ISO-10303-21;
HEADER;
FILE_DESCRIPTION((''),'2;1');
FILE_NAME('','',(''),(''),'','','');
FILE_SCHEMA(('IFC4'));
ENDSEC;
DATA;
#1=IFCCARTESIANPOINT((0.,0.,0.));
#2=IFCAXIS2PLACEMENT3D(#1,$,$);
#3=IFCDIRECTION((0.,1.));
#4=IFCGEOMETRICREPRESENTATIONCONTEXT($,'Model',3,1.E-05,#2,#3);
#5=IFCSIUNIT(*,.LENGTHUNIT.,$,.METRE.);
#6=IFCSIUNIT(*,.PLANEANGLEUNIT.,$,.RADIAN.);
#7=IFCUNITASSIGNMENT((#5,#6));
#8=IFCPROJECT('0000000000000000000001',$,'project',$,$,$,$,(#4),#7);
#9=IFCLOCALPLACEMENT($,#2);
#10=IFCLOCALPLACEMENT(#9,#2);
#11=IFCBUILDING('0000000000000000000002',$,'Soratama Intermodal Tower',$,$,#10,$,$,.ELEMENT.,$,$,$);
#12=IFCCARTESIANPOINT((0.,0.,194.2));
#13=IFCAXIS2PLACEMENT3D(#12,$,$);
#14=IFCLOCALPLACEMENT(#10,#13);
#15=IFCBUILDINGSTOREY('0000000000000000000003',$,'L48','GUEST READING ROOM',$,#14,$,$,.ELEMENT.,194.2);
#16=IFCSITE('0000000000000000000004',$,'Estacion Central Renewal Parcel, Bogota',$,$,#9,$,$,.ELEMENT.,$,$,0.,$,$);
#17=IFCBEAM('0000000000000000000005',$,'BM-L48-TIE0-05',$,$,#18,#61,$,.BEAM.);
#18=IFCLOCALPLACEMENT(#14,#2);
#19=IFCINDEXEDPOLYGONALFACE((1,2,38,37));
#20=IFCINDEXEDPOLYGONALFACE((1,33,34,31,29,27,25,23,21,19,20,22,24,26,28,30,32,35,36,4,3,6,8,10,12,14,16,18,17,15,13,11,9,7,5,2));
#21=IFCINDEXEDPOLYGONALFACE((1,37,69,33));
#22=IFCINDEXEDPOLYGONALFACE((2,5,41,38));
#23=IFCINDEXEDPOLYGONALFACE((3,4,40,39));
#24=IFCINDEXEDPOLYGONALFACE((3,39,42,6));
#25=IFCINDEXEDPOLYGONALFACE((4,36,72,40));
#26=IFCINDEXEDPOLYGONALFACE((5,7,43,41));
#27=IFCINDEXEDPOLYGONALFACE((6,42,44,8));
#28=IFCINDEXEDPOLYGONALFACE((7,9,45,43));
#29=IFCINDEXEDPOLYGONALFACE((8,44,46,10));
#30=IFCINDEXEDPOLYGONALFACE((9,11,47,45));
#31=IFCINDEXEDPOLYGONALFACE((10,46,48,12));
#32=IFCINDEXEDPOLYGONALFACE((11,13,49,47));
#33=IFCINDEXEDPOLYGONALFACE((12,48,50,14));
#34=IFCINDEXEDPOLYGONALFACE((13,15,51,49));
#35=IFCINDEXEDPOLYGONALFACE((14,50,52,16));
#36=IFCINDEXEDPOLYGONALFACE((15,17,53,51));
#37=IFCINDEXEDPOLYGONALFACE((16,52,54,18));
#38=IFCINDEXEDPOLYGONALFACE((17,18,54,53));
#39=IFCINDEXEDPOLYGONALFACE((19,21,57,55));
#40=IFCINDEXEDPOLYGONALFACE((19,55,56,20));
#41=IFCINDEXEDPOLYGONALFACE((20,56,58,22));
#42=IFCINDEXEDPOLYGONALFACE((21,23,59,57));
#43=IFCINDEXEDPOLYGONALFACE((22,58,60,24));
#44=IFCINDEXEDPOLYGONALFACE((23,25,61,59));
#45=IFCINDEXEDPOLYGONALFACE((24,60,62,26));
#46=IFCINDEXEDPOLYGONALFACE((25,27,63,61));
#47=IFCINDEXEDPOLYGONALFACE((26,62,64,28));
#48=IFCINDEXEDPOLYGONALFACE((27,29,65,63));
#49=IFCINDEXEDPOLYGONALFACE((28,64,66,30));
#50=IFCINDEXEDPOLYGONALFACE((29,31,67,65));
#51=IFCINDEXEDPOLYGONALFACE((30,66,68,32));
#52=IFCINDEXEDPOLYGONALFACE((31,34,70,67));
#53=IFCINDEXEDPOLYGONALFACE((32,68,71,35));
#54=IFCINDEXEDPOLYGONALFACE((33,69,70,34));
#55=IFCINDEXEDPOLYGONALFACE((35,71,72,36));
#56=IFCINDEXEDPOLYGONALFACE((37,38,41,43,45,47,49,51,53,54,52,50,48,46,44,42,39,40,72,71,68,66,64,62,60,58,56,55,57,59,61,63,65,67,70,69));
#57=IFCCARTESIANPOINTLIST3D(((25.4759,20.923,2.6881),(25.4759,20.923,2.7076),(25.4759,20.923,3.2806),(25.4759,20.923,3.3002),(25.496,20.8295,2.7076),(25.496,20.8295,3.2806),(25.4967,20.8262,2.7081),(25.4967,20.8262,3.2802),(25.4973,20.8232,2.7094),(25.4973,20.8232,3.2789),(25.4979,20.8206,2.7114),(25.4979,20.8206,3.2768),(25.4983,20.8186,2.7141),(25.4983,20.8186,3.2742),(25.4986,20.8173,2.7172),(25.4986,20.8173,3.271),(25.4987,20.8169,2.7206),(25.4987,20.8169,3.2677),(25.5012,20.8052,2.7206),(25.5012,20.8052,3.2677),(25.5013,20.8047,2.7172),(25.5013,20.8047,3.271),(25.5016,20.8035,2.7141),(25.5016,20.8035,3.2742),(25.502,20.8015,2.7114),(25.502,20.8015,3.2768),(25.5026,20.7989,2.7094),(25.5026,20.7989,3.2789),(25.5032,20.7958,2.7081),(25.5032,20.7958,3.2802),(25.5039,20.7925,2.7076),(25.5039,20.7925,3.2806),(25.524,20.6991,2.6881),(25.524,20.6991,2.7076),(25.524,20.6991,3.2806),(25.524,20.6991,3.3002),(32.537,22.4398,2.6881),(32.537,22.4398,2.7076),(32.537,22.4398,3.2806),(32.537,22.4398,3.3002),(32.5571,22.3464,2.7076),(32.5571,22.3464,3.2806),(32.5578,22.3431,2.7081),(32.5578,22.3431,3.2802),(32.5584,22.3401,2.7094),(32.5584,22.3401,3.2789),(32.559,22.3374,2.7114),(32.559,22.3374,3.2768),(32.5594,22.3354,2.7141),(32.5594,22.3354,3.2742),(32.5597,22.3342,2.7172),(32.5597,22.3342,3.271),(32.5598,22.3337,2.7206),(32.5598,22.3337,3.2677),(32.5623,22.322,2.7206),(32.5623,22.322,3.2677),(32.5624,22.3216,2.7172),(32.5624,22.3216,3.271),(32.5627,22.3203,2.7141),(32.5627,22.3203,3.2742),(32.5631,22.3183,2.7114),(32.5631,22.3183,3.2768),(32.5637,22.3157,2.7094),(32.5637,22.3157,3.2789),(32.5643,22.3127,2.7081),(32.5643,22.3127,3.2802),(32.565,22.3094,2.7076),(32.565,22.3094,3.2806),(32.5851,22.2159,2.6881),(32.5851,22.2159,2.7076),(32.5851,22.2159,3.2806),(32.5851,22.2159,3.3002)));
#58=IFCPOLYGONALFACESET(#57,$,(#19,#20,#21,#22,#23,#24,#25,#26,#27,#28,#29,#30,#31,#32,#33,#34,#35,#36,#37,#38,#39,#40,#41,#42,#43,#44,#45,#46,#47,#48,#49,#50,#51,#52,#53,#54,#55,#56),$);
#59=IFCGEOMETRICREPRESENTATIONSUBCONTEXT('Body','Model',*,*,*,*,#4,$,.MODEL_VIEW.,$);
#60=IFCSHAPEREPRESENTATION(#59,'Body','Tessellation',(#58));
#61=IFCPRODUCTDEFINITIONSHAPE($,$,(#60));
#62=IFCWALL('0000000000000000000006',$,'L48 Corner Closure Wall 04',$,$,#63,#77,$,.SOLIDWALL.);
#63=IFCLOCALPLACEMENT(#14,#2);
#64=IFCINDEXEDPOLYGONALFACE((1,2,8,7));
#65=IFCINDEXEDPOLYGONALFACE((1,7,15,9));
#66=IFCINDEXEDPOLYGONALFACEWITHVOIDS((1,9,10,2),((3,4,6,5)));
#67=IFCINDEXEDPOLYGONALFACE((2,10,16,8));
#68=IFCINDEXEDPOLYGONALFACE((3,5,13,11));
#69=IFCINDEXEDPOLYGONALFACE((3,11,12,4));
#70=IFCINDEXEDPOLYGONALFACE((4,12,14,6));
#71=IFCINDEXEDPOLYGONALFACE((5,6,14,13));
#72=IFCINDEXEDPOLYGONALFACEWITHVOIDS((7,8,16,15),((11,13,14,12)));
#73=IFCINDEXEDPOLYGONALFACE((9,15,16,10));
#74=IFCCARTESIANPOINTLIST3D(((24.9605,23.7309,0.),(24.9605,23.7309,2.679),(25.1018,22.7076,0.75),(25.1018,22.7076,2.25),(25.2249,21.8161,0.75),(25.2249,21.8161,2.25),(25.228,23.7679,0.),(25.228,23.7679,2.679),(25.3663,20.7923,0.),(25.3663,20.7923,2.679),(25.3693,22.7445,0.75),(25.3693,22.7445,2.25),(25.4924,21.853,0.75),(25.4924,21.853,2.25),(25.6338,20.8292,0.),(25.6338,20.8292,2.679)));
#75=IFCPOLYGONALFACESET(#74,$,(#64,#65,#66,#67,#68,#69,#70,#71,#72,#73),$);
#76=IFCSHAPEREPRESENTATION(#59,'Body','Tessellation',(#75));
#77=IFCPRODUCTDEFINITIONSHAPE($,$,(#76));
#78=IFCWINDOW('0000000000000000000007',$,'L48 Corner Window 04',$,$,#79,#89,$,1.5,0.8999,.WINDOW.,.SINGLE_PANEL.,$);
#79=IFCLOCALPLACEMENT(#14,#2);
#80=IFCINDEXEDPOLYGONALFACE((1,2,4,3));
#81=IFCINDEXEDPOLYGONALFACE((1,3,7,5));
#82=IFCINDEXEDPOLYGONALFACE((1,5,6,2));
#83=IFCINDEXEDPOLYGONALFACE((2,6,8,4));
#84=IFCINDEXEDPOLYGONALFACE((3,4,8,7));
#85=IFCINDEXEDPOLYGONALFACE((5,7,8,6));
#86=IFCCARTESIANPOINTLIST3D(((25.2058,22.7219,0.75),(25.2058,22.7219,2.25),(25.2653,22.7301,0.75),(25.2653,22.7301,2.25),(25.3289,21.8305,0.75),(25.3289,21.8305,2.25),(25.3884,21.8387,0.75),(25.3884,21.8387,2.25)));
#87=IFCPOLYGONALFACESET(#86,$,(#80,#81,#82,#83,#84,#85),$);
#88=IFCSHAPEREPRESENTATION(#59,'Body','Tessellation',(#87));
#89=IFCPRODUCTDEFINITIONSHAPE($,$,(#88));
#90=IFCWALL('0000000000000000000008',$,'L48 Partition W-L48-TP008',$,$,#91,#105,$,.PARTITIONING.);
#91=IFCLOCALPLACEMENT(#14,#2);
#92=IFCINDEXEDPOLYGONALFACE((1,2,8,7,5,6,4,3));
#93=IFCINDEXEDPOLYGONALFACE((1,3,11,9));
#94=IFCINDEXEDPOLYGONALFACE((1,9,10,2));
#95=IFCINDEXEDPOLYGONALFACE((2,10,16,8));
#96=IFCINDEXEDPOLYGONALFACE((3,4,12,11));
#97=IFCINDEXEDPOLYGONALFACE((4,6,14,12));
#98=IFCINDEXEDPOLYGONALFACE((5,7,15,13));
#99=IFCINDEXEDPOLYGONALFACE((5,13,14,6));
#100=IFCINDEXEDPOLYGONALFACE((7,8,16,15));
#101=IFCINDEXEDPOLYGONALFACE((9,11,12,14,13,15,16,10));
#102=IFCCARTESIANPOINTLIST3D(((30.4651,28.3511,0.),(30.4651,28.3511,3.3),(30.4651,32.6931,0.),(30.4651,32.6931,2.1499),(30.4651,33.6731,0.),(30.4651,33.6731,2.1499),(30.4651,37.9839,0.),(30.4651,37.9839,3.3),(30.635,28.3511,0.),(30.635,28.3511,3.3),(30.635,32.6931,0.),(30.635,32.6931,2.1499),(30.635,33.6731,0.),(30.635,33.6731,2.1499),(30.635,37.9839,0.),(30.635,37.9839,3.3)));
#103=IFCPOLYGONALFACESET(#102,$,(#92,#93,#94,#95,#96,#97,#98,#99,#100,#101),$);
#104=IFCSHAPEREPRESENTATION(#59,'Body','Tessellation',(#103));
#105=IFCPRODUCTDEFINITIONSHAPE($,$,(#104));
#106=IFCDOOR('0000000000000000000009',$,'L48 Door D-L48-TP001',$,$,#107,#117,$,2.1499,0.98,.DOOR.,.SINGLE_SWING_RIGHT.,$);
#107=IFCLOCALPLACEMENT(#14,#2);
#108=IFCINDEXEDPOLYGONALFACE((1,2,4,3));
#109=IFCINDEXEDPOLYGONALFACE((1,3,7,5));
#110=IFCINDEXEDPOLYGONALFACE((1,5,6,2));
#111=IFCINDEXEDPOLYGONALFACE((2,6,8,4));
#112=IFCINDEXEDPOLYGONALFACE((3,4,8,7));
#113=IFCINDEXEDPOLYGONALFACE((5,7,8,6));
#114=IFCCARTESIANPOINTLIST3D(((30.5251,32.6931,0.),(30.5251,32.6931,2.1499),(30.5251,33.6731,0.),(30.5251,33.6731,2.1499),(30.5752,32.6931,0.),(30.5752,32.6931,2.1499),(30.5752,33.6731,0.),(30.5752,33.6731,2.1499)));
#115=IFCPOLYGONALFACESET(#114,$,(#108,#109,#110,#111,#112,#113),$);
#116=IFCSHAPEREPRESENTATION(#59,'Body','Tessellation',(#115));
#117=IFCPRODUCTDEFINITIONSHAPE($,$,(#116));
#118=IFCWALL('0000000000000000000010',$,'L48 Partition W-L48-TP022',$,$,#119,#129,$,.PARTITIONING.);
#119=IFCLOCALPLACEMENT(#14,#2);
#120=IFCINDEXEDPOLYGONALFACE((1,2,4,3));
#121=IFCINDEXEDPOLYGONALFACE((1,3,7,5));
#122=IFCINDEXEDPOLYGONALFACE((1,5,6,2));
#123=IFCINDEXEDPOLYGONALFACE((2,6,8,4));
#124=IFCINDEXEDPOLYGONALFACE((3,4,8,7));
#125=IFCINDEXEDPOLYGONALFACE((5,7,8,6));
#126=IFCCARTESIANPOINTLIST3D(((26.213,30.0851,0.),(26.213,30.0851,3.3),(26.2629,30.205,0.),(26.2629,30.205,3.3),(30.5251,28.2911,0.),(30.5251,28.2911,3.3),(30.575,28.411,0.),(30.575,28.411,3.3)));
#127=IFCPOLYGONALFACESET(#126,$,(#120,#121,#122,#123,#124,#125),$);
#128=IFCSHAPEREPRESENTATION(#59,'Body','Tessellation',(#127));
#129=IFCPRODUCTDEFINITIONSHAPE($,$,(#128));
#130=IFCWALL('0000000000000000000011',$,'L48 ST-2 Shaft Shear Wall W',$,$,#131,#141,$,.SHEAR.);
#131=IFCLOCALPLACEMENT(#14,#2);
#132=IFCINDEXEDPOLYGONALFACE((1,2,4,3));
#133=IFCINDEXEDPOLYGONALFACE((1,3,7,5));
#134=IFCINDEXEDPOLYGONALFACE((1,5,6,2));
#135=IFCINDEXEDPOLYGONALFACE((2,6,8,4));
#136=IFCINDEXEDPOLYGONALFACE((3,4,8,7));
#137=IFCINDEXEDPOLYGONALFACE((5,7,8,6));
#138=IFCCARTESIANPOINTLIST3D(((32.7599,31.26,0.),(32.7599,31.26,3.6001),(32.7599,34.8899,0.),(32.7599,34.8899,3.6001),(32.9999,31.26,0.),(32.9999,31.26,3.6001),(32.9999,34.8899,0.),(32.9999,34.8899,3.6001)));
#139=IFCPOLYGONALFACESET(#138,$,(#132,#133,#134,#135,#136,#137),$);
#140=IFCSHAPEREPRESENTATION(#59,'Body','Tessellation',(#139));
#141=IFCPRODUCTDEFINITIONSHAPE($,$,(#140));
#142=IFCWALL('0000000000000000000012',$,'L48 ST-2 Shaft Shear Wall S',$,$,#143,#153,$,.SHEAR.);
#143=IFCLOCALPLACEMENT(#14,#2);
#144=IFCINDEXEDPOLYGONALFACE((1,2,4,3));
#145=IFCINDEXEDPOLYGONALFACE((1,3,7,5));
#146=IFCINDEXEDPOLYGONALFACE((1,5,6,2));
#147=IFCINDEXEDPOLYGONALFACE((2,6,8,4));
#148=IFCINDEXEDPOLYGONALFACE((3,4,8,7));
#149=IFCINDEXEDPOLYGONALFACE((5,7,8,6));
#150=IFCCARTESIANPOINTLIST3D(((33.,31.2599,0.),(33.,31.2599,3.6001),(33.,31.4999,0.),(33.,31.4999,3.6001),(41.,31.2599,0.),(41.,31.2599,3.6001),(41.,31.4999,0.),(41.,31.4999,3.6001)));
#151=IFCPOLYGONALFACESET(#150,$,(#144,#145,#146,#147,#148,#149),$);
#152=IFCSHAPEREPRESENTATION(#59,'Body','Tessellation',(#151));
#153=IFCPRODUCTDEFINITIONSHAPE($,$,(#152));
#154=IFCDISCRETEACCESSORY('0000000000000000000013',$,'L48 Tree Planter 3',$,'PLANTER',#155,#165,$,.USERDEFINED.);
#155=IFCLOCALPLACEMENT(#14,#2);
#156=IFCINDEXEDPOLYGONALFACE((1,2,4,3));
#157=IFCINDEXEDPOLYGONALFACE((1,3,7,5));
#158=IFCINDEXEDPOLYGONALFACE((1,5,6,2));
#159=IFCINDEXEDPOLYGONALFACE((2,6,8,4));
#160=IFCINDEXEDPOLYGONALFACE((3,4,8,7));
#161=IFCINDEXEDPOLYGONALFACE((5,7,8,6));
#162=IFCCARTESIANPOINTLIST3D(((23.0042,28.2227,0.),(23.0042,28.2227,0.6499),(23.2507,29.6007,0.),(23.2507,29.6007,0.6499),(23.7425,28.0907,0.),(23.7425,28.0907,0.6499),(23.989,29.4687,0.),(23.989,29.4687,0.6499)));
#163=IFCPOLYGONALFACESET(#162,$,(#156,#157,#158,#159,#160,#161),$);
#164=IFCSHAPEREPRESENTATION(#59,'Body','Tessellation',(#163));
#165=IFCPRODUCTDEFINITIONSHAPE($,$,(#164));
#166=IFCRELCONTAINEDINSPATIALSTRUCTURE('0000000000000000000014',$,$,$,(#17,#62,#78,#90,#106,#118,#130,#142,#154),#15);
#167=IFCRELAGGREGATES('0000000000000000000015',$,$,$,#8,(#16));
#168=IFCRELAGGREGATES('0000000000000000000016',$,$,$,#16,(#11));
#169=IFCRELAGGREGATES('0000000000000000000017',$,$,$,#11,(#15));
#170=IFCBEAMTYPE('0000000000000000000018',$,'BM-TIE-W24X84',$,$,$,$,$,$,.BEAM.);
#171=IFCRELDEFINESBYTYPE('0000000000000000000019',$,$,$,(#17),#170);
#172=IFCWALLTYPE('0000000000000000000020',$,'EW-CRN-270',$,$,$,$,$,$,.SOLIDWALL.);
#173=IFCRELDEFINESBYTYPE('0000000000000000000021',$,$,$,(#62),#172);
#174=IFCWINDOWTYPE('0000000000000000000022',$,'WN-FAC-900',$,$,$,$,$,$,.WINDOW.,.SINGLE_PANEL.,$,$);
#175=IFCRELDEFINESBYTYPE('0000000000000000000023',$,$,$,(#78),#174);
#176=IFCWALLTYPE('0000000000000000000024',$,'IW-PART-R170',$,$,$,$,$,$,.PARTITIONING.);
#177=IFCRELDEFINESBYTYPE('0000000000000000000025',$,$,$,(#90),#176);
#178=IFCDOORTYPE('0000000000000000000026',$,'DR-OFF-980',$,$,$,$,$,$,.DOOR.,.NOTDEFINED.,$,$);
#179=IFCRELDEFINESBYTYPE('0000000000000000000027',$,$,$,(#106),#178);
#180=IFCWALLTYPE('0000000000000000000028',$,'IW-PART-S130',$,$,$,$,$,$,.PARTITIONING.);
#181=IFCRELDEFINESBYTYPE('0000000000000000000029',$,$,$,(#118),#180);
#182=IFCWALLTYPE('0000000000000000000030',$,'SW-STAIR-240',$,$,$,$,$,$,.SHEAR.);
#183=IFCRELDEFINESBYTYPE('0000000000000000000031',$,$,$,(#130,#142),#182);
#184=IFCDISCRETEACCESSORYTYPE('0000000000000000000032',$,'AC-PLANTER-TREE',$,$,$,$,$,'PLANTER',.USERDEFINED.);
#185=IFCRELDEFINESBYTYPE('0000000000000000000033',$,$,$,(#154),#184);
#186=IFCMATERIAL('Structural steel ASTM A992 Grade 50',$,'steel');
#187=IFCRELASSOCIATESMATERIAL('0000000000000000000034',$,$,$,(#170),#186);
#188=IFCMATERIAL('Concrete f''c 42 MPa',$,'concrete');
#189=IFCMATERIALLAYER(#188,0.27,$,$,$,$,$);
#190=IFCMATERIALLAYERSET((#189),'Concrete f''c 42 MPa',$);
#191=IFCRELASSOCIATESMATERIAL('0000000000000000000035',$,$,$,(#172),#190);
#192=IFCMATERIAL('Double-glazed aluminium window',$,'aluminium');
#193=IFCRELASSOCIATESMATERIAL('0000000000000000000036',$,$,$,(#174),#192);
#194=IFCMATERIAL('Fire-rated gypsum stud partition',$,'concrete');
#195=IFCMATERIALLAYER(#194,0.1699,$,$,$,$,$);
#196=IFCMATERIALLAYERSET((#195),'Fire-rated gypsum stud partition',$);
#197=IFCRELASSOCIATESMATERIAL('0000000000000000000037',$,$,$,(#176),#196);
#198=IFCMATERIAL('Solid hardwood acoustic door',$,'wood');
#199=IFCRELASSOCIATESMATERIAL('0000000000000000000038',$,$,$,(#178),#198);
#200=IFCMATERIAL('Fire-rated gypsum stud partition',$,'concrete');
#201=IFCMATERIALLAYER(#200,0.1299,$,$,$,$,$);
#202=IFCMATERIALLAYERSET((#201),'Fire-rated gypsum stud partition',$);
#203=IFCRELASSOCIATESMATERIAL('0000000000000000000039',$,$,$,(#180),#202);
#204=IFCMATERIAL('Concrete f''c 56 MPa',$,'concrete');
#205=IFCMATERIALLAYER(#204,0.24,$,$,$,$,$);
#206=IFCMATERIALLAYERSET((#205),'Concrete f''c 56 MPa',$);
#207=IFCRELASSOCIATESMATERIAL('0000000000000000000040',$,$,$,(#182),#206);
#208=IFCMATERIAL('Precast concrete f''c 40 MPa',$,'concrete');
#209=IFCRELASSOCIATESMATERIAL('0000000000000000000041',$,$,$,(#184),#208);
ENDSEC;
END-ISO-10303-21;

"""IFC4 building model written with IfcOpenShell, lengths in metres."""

from ifc_helpers import new_model, si_unit, direction, frame, frame_2d, origin, origin_2d, place, context, subcontext, project, spatial, rectangle, i_section, extrude, material, layer, layer_set, material_profile, profile_set, type_object, element, fill, save


model = new_model("IFC4")

# Units and contexts
model_context = context("Model", 3, precision=1e-05, world=origin(), true_north=direction((0.0, 1.0)))
body_context = subcontext(model_context, "Body", "Model", "MODEL_VIEW")
ifc_project = project(units=[si_unit("LENGTHUNIT", "METRE"), si_unit("PLANEANGLEUNIT", "RADIAN")], contexts=[model_context])

# Site, building, storey
site_placement = place(None, origin())
site = spatial("IfcSite", under=ifc_project, at=site_placement, Name="Estacion Central Renewal Parcel, Bogota", CompositionType="ELEMENT", RefElevation=0.0)
building_placement = place(site_placement, origin())
building = spatial("IfcBuilding", under=site, at=building_placement, Name="Soratama Intermodal Tower", CompositionType="ELEMENT")
storey_placement = place(building_placement, frame((0.0, 0.0, 194.2)))
storey = spatial("IfcBuildingStorey", under=building, at=storey_placement, Name="L48", Description="GUEST READING ROOM", CompositionType="ELEMENT", Elevation=194.2)

# Beam
ifc_material_1 = material(Name="Structural steel ASTM A992 Grade 50", Category="steel")
ifc_material_profile_1 = material_profile(ifc_material_1, i_section(OverallWidth=0.229, OverallDepth=0.6121, WebThickness=0.012, FlangeThickness=0.0195, FilletRadius=0.0129, at=origin_2d()), Name="W24X84")
ifc_profile_set_1 = profile_set([ifc_material_profile_1], Name="Structural steel ASTM A992 Grade 50")
beam_type_1 = type_object("IfcBeamType", Name="BM-TIE-W24X84", PredefinedType="BEAM", material=ifc_profile_set_1)
beam_1_placement = place(storey_placement, frame((32.561, 22.3279, 2.9941), z_axis=(-0.977695, -0.210028, 0.0), x_axis=(0.210028, -0.977695, 0.0)))
element("IfcBeam", 1, at=beam_1_placement, inside=storey, type_object=beam_type_1, Name="BM-L48-TIE0-05", PredefinedType="BEAM", context=body_context, shape_type="SweptSolid", body=[
    extrude(i_section(OverallWidth=0.229, OverallDepth=0.6121, WebThickness=0.012, FlangeThickness=0.0195, FilletRadius=0.0129, at=origin_2d()), origin(), (0.0, 0.0, 1.0), 7.2222),
])

# Wall, opening, window
ifc_material_2 = material(Name="Concrete f'c 42 MPa", Category="concrete")
ifc_layer_1 = layer(ifc_material_2, 0.27)
ifc_layer_set_1 = layer_set([ifc_layer_1], Name="Concrete f'c 42 MPa")
wall_type_1 = type_object("IfcWallType", Name="EW-CRN-270", PredefinedType="SOLIDWALL", material=ifc_layer_set_1)
wall_1_placement = place(storey_placement, frame((25.0942, 23.7495, 0.0), z_axis=(0.0, 0.0, 1.0), x_axis=(0.136777, -0.990602, 0.0)))
wall_1 = element("IfcWall", 2, at=wall_1_placement, inside=storey, type_object=wall_type_1, Name="L48 Corner Closure Wall 04", PredefinedType="SOLIDWALL", context=body_context, shape_type="SweptSolid", body=[
    extrude(rectangle(XDim=2.9666, YDim=0.27, at=frame_2d((1.4834, 0.0))), origin(), (0.0, 0.0, 1.0), 2.679),
])
opening_1_placement = place(wall_1_placement, frame((1.0332, 0.0, 0.75)))
opening_1 = element("IfcOpeningElement", 3, at=opening_1_placement, cuts=wall_1, PredefinedType="OPENING", context=body_context, shape_type="SweptSolid", body=[
    extrude(rectangle(XDim=0.8999, YDim=1.5, at=frame_2d((0.45, 0.75))), frame((0.0, 0.145, 0.0), z_axis=(0.0, -1.0, 0.0), x_axis=(1.0, 0.0, 0.0)), (0.0, 0.0, 1.0), 0.29),
])
ifc_material_3 = material(Name="Double-glazed aluminium window", Category="aluminium")
window_type = type_object("IfcWindowType", Name="WN-FAC-900", PartitioningType="SINGLE_PANEL", PredefinedType="WINDOW", material=ifc_material_3)
window_placement = place(opening_1_placement, origin())
window = element("IfcWindow", 4, at=window_placement, inside=storey, type_object=window_type, Name="L48 Corner Window 04", OverallHeight=1.5, OverallWidth=0.8999, PartitioningType="SINGLE_PANEL", PredefinedType="WINDOW", context=body_context, shape_type="SweptSolid", body=[
    extrude(rectangle(XDim=0.8999, YDim=1.5, at=frame_2d((0.45, 0.75))), frame((0.0, 0.03, 0.0), z_axis=(0.0, -1.0, 0.0), x_axis=(1.0, 0.0, 0.0)), (0.0, 0.0, 1.0), 0.0601),
])
fill(opening_1, window)

# Wall, opening, door
ifc_material_4 = material(Name="Fire-rated gypsum stud partition", Category="concrete")
ifc_layer_2 = layer(ifc_material_4, 0.1699)
ifc_layer_set_2 = layer_set([ifc_layer_2], Name="Fire-rated gypsum stud partition")
wall_type_2 = type_object("IfcWallType", Name="IW-PART-R170", PredefinedType="PARTITIONING", material=ifc_layer_set_2)
wall_2_placement = place(storey_placement, frame((30.55, 28.3511, 0.0), z_axis=(0.0, 0.0, 1.0), x_axis=(0.0, 1.0, 0.0)))
wall_2 = element("IfcWall", 5, at=wall_2_placement, inside=storey, type_object=wall_type_2, Name="L48 Partition W-L48-TP008", PredefinedType="PARTITIONING", context=body_context, shape_type="SweptSolid", body=[
    extrude(rectangle(XDim=9.6328, YDim=0.1699, at=frame_2d((4.8164, 0.0))), origin(), (0.0, 0.0, 1.0), 3.3),
])
opening_2_placement = place(wall_2_placement, frame((4.342, 0.0, 0.0)))
opening_2 = element("IfcOpeningElement", 6, at=opening_2_placement, cuts=wall_2, PredefinedType="OPENING", context=body_context, shape_type="SweptSolid", body=[
    extrude(rectangle(XDim=0.98, YDim=2.1499, at=frame_2d((0.49, 1.075))), frame((0.0, 0.095, 0.0), z_axis=(0.0, -1.0, 0.0), x_axis=(1.0, 0.0, 0.0)), (0.0, 0.0, 1.0), 0.1899),
])
ifc_material_5 = material(Name="Solid hardwood acoustic door", Category="wood")
door_type_1 = type_object("IfcDoorType", Name="DR-OFF-980", OperationType="NOTDEFINED", PredefinedType="DOOR", material=ifc_material_5)
door_1_placement = place(opening_2_placement, origin())
door_1 = element("IfcDoor", 7, at=door_1_placement, inside=storey, type_object=door_type_1, Name="L48 Door D-L48-TP001", OperationType="SINGLE_SWING_RIGHT", OverallHeight=2.1499, OverallWidth=0.98, PredefinedType="DOOR", context=body_context, shape_type="SweptSolid", body=[
    extrude(rectangle(XDim=0.98, YDim=2.1499, at=frame_2d((0.49, 1.075))), frame((0.0, 0.0249, 0.0), z_axis=(0.0, -1.0, 0.0), x_axis=(1.0, 0.0, 0.0)), (0.0, 0.0, 1.0), 0.05),
])
fill(opening_2, door_1)

# Wall
ifc_material_6 = material(Name="Fire-rated gypsum stud partition", Category="concrete")
ifc_layer_3 = layer(ifc_material_6, 0.1299)
ifc_layer_set_3 = layer_set([ifc_layer_3], Name="Fire-rated gypsum stud partition")
wall_type_3 = type_object("IfcWallType", Name="IW-PART-S130", PredefinedType="PARTITIONING", material=ifc_layer_set_3)
wall_3_placement = place(storey_placement, frame((30.55, 28.3511, 0.0), z_axis=(0.0, 0.0, 1.0), x_axis=(-0.923284, 0.384118, 0.0)))
element("IfcWall", 8, at=wall_3_placement, inside=storey, type_object=wall_type_3, Name="L48 Partition W-L48-TP022", PredefinedType="PARTITIONING", context=body_context, shape_type="SweptSolid", body=[
    extrude(rectangle(XDim=4.6704, YDim=0.1299, at=frame_2d((2.3352, 0.0))), origin(), (0.0, 0.0, 1.0), 3.3),
])

# Walls
ifc_material_7 = material(Name="Concrete f'c 56 MPa", Category="concrete")
ifc_layer_4 = layer(ifc_material_7, 0.24)
ifc_layer_set_4 = layer_set([ifc_layer_4], Name="Concrete f'c 56 MPa")
wall_type_4 = type_object("IfcWallType", Name="SW-STAIR-240", PredefinedType="SHEAR", material=ifc_layer_set_4)
wall_4_placement = place(storey_placement, frame((32.8799, 31.26, 0.0), z_axis=(0.0, 0.0, 1.0), x_axis=(0.0, 1.0, 0.0)))
element("IfcWall", 9, at=wall_4_placement, inside=storey, type_object=wall_type_4, Name="L48 ST-2 Shaft Shear Wall W", PredefinedType="SHEAR", context=body_context, shape_type="SweptSolid", body=[
    extrude(rectangle(XDim=3.6299, YDim=0.24, at=frame_2d((1.8149, 0.0))), origin(), (0.0, 0.0, 1.0), 3.6001),
])
wall_5_placement = place(storey_placement, frame((33.0, 31.3799, 0.0), z_axis=(0.0, 0.0, 1.0), x_axis=(1.0, 0.0, 0.0)))
element("IfcWall", 10, at=wall_5_placement, inside=storey, type_object=wall_type_4, Name="L48 ST-2 Shaft Shear Wall S", PredefinedType="SHEAR", context=body_context, shape_type="SweptSolid", body=[
    extrude(rectangle(XDim=8.0, YDim=0.24, at=frame_2d((4.0, 0.0))), origin(), (0.0, 0.0, 1.0), 3.6001),
])

# Discrete accessory
ifc_material_8 = material(Name="Precast concrete f'c 40 MPa", Category="concrete")
discrete_accessory_type = type_object("IfcDiscreteAccessoryType", Name="AC-PLANTER-TREE", ElementType="PLANTER", PredefinedType="USERDEFINED", material=ifc_material_8)
discrete_accessory_placement = place(storey_placement, frame((23.4966, 28.8457, 0.0), z_axis=(0.0, 0.0, 1.0), x_axis=(-0.984381, 0.176054, 0.0)))
element("IfcDiscreteAccessory", 11, at=discrete_accessory_placement, inside=storey, type_object=discrete_accessory_type, Name="L48 Tree Planter 3", ObjectType="PLANTER", PredefinedType="USERDEFINED", context=body_context, shape_type="SweptSolid", body=[
    extrude(rectangle(XDim=0.75, YDim=1.3999, at=origin_2d()), origin(), (0.0, 0.0, 1.0), 0.6499),
])

save(model, "model.ifc")
